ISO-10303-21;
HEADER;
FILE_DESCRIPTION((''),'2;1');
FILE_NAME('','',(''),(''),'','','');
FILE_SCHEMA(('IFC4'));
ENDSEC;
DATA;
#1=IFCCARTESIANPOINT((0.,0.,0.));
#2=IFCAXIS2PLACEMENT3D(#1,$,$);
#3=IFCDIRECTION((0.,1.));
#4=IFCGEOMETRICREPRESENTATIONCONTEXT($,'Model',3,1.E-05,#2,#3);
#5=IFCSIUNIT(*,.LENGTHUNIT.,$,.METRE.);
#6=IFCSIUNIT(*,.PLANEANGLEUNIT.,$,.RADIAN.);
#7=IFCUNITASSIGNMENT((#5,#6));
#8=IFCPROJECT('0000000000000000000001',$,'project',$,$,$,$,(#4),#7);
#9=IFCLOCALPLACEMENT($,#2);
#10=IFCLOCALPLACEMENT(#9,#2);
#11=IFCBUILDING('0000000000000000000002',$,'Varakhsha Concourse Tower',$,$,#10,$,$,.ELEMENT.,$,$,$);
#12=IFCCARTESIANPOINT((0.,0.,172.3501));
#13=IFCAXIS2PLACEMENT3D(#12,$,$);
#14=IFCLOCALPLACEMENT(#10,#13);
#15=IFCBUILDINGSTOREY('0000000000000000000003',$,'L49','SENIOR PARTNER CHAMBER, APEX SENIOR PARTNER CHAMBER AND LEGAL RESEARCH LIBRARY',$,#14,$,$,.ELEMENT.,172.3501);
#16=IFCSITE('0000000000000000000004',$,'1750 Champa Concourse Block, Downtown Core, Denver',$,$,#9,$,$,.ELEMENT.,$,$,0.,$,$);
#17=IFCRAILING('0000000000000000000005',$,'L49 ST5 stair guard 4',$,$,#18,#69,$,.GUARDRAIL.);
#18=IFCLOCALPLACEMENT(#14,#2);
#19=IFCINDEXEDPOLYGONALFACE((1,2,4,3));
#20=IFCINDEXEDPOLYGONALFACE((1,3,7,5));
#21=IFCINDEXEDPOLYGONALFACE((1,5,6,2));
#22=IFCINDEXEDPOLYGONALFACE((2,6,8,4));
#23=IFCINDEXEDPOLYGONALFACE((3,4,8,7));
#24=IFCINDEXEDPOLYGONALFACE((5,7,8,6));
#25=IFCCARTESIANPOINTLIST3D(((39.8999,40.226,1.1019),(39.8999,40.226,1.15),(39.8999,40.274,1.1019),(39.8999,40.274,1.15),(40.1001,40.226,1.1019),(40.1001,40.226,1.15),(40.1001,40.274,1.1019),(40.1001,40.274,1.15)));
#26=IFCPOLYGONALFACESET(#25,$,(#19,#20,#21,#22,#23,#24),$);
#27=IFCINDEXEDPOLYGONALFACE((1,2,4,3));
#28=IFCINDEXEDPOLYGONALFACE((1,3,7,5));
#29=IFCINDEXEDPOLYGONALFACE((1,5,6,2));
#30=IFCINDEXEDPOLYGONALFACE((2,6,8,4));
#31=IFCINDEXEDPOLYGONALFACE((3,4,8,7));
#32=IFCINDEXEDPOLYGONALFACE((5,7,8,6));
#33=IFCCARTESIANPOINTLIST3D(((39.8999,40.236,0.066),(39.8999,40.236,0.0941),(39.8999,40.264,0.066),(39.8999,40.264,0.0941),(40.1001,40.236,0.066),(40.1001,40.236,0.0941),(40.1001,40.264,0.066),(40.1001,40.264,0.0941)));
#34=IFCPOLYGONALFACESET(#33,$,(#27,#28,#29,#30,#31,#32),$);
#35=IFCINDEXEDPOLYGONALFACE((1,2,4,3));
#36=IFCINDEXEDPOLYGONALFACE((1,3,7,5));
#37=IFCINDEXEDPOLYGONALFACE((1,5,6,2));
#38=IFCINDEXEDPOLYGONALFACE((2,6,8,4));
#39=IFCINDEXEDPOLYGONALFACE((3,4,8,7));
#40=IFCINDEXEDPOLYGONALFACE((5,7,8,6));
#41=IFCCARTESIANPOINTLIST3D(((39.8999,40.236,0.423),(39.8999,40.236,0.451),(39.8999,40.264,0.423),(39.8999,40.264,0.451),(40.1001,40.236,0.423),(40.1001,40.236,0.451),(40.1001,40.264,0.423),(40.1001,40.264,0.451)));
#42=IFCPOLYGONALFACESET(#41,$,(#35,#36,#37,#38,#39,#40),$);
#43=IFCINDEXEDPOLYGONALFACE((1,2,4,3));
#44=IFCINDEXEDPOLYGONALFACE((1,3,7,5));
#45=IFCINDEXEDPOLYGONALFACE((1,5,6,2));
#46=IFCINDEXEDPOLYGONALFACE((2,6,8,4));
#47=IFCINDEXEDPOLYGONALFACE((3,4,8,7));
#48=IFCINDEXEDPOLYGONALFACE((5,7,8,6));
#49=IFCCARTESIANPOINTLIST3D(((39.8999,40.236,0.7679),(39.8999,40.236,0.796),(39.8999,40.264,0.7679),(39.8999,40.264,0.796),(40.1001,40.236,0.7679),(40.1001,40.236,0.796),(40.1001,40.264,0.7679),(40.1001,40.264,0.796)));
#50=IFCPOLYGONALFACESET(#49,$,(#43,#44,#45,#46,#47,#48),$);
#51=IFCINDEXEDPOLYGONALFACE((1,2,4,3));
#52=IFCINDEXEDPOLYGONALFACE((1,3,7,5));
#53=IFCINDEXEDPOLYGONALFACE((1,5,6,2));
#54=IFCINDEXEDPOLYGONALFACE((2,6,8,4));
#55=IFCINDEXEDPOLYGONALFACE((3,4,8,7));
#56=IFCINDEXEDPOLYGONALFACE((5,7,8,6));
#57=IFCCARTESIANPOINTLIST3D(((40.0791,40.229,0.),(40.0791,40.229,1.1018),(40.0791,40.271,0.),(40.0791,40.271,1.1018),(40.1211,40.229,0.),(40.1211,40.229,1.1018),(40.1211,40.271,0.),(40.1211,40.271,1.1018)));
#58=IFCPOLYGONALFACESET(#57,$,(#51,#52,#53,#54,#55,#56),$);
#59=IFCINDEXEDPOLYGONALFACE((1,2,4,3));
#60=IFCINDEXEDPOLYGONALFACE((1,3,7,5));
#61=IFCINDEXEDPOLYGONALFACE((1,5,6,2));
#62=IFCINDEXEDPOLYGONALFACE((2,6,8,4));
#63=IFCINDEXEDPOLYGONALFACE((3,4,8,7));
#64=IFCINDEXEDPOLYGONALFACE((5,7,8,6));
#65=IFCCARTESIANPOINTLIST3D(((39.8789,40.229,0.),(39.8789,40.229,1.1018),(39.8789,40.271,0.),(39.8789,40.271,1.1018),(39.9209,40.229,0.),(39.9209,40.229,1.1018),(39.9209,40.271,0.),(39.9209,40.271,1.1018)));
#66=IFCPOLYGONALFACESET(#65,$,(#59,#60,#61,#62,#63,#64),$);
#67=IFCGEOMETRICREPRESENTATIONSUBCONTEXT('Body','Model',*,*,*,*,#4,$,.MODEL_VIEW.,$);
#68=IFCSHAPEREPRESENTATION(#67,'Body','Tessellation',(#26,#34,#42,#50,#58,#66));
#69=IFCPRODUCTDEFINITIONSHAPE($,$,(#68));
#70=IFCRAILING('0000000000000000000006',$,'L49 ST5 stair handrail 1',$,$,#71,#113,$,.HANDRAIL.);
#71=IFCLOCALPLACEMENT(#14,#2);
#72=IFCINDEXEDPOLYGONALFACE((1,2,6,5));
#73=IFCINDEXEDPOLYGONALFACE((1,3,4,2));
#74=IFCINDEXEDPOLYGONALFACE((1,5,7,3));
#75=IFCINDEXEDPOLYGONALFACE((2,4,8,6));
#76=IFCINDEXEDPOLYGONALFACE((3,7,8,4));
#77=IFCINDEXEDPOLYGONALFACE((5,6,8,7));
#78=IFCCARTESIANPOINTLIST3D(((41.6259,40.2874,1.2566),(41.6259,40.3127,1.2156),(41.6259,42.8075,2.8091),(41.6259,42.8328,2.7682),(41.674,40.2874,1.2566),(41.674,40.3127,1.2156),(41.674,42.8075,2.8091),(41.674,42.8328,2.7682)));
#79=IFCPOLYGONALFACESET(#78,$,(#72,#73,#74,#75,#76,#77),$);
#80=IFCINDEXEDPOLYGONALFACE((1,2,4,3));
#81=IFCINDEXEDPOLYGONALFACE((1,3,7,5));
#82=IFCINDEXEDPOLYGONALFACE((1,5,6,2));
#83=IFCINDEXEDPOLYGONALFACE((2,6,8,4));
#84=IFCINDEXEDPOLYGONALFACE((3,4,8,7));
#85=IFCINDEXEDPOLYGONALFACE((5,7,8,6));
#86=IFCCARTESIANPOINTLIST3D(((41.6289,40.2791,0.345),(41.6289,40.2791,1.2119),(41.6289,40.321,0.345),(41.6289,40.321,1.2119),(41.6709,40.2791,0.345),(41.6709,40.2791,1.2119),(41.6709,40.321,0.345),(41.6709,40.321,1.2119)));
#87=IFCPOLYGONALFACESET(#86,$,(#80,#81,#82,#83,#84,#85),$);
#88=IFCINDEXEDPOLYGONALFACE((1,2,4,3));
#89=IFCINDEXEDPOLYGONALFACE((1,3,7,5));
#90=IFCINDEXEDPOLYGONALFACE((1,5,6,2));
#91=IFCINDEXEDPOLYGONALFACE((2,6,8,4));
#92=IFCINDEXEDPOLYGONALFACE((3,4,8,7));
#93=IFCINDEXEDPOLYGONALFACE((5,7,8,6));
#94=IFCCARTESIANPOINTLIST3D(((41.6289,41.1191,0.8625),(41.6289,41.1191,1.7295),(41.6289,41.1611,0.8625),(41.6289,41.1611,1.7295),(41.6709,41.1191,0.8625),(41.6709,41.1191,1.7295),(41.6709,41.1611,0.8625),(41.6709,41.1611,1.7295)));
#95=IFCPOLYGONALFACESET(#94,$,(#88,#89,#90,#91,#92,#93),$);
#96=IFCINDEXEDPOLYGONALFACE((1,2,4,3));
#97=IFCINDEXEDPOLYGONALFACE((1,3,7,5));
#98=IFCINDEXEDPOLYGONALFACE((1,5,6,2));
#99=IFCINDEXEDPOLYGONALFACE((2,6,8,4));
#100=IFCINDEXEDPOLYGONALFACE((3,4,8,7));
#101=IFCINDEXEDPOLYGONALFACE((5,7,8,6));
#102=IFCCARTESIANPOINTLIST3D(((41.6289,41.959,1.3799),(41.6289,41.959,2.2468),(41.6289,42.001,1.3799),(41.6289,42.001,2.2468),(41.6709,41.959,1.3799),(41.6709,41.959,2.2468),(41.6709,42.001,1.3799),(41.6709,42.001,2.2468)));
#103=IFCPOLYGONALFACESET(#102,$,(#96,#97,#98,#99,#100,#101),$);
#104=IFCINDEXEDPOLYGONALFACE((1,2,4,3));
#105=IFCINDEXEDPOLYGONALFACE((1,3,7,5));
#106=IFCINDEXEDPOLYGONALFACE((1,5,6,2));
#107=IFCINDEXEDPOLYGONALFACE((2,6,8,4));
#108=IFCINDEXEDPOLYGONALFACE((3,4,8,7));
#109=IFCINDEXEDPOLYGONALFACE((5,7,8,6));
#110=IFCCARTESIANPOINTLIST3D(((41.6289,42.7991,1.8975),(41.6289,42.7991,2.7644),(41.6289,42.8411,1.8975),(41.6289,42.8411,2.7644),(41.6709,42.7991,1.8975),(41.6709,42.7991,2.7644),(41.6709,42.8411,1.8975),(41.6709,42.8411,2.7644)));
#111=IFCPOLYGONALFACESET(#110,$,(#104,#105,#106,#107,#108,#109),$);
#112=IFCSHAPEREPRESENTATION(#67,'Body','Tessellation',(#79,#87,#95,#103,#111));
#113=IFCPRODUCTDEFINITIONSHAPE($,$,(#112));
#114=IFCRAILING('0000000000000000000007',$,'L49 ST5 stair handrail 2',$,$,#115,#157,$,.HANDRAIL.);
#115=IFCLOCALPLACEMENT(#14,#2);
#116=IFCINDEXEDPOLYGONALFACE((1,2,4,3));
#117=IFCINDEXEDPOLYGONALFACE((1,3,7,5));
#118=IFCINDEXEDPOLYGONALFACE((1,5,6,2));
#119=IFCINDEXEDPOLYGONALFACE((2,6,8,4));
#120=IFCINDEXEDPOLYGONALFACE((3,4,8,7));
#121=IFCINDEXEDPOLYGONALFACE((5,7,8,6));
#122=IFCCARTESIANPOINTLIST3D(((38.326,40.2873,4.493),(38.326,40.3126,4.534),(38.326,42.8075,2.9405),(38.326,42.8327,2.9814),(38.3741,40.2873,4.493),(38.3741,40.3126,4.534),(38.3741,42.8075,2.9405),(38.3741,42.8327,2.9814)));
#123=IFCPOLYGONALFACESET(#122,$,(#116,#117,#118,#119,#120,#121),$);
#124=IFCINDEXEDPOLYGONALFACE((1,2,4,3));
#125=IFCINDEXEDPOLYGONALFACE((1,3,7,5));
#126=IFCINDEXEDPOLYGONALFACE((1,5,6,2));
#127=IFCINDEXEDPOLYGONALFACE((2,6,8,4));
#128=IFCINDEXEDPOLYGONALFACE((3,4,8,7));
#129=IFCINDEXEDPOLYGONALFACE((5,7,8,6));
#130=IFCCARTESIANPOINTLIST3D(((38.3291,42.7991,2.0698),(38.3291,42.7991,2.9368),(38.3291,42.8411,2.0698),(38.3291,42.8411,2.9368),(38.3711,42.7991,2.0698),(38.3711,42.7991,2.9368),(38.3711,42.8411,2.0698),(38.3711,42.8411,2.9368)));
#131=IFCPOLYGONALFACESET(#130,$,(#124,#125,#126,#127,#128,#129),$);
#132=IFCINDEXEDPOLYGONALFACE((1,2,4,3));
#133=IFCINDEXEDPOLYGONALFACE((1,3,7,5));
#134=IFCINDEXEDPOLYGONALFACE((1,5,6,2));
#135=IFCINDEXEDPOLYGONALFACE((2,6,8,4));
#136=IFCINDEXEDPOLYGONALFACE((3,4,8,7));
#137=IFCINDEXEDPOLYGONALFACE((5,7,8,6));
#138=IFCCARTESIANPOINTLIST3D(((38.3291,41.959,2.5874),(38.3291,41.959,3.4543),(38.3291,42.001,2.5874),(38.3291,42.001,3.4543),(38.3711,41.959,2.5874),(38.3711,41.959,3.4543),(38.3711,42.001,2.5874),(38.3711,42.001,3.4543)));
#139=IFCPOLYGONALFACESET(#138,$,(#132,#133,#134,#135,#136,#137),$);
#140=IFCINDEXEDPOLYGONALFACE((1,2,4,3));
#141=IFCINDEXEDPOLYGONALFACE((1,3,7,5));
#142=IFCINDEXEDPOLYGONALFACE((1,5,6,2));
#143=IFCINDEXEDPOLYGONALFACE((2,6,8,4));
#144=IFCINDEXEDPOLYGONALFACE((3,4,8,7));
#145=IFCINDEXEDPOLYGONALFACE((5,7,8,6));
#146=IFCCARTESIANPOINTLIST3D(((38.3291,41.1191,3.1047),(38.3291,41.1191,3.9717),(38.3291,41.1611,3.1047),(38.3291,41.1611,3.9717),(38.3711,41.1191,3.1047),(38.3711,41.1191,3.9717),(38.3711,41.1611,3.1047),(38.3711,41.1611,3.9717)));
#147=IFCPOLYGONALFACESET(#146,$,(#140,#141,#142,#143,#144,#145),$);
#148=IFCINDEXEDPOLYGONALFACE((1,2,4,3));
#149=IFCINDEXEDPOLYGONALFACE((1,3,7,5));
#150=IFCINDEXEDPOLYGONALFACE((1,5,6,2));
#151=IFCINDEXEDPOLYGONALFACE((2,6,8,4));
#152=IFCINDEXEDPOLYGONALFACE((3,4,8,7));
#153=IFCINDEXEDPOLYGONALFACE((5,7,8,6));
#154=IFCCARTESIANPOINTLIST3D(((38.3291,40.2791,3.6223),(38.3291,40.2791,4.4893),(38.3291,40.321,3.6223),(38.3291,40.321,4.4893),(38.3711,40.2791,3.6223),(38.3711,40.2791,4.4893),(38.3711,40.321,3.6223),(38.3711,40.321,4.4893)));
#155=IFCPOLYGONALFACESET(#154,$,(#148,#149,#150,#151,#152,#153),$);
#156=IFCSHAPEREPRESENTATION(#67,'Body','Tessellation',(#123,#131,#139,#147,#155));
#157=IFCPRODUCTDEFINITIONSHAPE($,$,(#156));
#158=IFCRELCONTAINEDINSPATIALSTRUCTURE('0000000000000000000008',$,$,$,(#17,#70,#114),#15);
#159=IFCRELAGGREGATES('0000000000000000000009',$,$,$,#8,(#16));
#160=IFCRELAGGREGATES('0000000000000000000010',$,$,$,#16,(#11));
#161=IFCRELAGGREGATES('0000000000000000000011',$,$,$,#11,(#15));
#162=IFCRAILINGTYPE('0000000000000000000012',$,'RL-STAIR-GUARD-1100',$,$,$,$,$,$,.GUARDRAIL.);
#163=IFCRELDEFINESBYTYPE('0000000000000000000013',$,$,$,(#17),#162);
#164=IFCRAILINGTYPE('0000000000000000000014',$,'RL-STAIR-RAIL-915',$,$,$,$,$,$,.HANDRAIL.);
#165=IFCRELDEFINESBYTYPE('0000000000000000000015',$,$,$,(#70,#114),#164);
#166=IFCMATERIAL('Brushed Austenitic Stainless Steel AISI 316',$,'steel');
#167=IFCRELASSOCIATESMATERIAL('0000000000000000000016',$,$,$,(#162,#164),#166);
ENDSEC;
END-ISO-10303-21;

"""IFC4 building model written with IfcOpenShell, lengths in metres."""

from ifc_helpers import new_model, si_unit, direction, frame, origin, origin_2d, place, context, subcontext, project, spatial, rectangle, extrude, material, type_object, element, save


model = new_model("IFC4")

# Units and contexts
model_context = context("Model", 3, precision=1e-05, world=origin(), true_north=direction((0.0, 1.0)))
body_context = subcontext(model_context, "Body", "Model", "MODEL_VIEW")
ifc_project = project(units=[si_unit("LENGTHUNIT", "METRE"), si_unit("PLANEANGLEUNIT", "RADIAN")], contexts=[model_context])

# Site, building, storey
site_placement = place(None, origin())
site = spatial("IfcSite", under=ifc_project, at=site_placement, Name="1750 Champa Concourse Block, Downtown Core, Denver", CompositionType="ELEMENT", RefElevation=0.0)
building_placement = place(site_placement, origin())
building = spatial("IfcBuilding", under=site, at=building_placement, Name="Varakhsha Concourse Tower", CompositionType="ELEMENT")
storey_placement = place(building_placement, frame((0.0, 0.0, 172.3501)))
storey = spatial("IfcBuildingStorey", under=building, at=storey_placement, Name="L49", Description="SENIOR PARTNER CHAMBER, APEX SENIOR PARTNER CHAMBER AND LEGAL RESEARCH LIBRARY", CompositionType="ELEMENT", Elevation=172.3501)

# Railings
ifc_material_1 = material(Name="Brushed Austenitic Stainless Steel AISI 316", Category="steel")
railing_type_1 = type_object("IfcRailingType", Name="RL-STAIR-GUARD-1100", PredefinedType="GUARDRAIL", material=ifc_material_1)
railing_1_placement = place(storey_placement, frame((40.1001, 40.25, 0.0)))
element("IfcRailing", 1, at=railing_1_placement, inside=storey, type_object=railing_type_1, Name="L49 ST5 stair guard 4", PredefinedType="GUARDRAIL", context=body_context, shape_type="SweptSolid", body=[
    extrude(rectangle(XDim=0.0481, YDim=0.0481, at=origin_2d()), frame((0.0, 0.0, 1.126), z_axis=(-1.0, 0.0, 0.0), x_axis=(0.0, -1.0, 0.0)), (0.0, 0.0, 1.0), 0.2002),
    extrude(rectangle(XDim=0.0281, YDim=0.0281, at=origin_2d()), frame((0.0, 0.0, 0.0801), z_axis=(-1.0, 0.0, 0.0), x_axis=(0.0, -1.0, 0.0)), (0.0, 0.0, 1.0), 0.2002),
    extrude(rectangle(XDim=0.0281, YDim=0.0281, at=origin_2d()), frame((0.0, 0.0, 0.437), z_axis=(-1.0, 0.0, 0.0), x_axis=(0.0, -1.0, 0.0)), (0.0, 0.0, 1.0), 0.2002),
    extrude(rectangle(XDim=0.0281, YDim=0.0281, at=origin_2d()), frame((0.0, 0.0, 0.782), z_axis=(-1.0, 0.0, 0.0), x_axis=(0.0, -1.0, 0.0)), (0.0, 0.0, 1.0), 0.2002),
    extrude(rectangle(XDim=0.042, YDim=0.042, at=origin_2d()), origin(), (0.0, 0.0, 1.0), 1.1018),
    extrude(rectangle(XDim=0.042, YDim=0.042, at=origin_2d()), frame((-0.2002, 0.0, 0.0)), (0.0, 0.0, 1.0), 1.1018),
])
railing_type_2 = type_object("IfcRailingType", Name="RL-STAIR-RAIL-915", PredefinedType="HANDRAIL", material=ifc_material_1)
railing_2_placement = place(storey_placement, frame((41.6499, 40.3, 0.345)))
element("IfcRailing", 2, at=railing_2_placement, inside=storey, type_object=railing_type_2, Name="L49 ST5 stair handrail 1", PredefinedType="HANDRAIL", context=body_context, shape_type="SweptSolid", body=[
    extrude(rectangle(XDim=0.0481, YDim=0.0481, at=origin_2d()), frame((0.0, 0.0, 0.8911), z_axis=(0.0, 0.8514, 0.524516), x_axis=(-1.0, 0.0, 0.0)), (0.0, 0.0, 1.0), 2.96),
    extrude(rectangle(XDim=0.042, YDim=0.042, at=origin_2d()), origin(), (0.0, 0.0, 1.0), 0.8669),
    extrude(rectangle(XDim=0.042, YDim=0.042, at=origin_2d()), frame((0.0, 0.8401, 0.5176)), (0.0, 0.0, 1.0), 0.8669),
    extrude(rectangle(XDim=0.042, YDim=0.042, at=origin_2d()), frame((0.0, 1.6799, 1.0349)), (0.0, 0.0, 1.0), 0.8669),
    extrude(rectangle(XDim=0.042, YDim=0.042, at=origin_2d()), frame((0.0, 2.52, 1.5525)), (0.0, 0.0, 1.0), 0.8669),
])
railing_3_placement = place(storey_placement, frame((38.3501, 42.8201, 2.0698)))
element("IfcRailing", 3, at=railing_3_placement, inside=storey, type_object=railing_type_2, Name="L49 ST5 stair handrail 2", PredefinedType="HANDRAIL", context=body_context, shape_type="SweptSolid", body=[
    extrude(rectangle(XDim=0.0481, YDim=0.0481, at=origin_2d()), frame((0.0, 0.0, 0.8911), z_axis=(0.0, -0.8514, 0.524516), x_axis=(1.0, 0.0, 0.0)), (0.0, 0.0, 1.0), 2.96),
    extrude(rectangle(XDim=0.042, YDim=0.042, at=origin_2d()), origin(), (0.0, 0.0, 1.0), 0.8669),
    extrude(rectangle(XDim=0.042, YDim=0.042, at=origin_2d()), frame((0.0, -0.8401, 0.5176)), (0.0, 0.0, 1.0), 0.8669),
    extrude(rectangle(XDim=0.042, YDim=0.042, at=origin_2d()), frame((0.0, -1.6799, 1.0349)), (0.0, 0.0, 1.0), 0.8669),
    extrude(rectangle(XDim=0.042, YDim=0.042, at=origin_2d()), frame((0.0, -2.52, 1.5525)), (0.0, 0.0, 1.0), 0.8669),
])

save(model, "model.ifc")
